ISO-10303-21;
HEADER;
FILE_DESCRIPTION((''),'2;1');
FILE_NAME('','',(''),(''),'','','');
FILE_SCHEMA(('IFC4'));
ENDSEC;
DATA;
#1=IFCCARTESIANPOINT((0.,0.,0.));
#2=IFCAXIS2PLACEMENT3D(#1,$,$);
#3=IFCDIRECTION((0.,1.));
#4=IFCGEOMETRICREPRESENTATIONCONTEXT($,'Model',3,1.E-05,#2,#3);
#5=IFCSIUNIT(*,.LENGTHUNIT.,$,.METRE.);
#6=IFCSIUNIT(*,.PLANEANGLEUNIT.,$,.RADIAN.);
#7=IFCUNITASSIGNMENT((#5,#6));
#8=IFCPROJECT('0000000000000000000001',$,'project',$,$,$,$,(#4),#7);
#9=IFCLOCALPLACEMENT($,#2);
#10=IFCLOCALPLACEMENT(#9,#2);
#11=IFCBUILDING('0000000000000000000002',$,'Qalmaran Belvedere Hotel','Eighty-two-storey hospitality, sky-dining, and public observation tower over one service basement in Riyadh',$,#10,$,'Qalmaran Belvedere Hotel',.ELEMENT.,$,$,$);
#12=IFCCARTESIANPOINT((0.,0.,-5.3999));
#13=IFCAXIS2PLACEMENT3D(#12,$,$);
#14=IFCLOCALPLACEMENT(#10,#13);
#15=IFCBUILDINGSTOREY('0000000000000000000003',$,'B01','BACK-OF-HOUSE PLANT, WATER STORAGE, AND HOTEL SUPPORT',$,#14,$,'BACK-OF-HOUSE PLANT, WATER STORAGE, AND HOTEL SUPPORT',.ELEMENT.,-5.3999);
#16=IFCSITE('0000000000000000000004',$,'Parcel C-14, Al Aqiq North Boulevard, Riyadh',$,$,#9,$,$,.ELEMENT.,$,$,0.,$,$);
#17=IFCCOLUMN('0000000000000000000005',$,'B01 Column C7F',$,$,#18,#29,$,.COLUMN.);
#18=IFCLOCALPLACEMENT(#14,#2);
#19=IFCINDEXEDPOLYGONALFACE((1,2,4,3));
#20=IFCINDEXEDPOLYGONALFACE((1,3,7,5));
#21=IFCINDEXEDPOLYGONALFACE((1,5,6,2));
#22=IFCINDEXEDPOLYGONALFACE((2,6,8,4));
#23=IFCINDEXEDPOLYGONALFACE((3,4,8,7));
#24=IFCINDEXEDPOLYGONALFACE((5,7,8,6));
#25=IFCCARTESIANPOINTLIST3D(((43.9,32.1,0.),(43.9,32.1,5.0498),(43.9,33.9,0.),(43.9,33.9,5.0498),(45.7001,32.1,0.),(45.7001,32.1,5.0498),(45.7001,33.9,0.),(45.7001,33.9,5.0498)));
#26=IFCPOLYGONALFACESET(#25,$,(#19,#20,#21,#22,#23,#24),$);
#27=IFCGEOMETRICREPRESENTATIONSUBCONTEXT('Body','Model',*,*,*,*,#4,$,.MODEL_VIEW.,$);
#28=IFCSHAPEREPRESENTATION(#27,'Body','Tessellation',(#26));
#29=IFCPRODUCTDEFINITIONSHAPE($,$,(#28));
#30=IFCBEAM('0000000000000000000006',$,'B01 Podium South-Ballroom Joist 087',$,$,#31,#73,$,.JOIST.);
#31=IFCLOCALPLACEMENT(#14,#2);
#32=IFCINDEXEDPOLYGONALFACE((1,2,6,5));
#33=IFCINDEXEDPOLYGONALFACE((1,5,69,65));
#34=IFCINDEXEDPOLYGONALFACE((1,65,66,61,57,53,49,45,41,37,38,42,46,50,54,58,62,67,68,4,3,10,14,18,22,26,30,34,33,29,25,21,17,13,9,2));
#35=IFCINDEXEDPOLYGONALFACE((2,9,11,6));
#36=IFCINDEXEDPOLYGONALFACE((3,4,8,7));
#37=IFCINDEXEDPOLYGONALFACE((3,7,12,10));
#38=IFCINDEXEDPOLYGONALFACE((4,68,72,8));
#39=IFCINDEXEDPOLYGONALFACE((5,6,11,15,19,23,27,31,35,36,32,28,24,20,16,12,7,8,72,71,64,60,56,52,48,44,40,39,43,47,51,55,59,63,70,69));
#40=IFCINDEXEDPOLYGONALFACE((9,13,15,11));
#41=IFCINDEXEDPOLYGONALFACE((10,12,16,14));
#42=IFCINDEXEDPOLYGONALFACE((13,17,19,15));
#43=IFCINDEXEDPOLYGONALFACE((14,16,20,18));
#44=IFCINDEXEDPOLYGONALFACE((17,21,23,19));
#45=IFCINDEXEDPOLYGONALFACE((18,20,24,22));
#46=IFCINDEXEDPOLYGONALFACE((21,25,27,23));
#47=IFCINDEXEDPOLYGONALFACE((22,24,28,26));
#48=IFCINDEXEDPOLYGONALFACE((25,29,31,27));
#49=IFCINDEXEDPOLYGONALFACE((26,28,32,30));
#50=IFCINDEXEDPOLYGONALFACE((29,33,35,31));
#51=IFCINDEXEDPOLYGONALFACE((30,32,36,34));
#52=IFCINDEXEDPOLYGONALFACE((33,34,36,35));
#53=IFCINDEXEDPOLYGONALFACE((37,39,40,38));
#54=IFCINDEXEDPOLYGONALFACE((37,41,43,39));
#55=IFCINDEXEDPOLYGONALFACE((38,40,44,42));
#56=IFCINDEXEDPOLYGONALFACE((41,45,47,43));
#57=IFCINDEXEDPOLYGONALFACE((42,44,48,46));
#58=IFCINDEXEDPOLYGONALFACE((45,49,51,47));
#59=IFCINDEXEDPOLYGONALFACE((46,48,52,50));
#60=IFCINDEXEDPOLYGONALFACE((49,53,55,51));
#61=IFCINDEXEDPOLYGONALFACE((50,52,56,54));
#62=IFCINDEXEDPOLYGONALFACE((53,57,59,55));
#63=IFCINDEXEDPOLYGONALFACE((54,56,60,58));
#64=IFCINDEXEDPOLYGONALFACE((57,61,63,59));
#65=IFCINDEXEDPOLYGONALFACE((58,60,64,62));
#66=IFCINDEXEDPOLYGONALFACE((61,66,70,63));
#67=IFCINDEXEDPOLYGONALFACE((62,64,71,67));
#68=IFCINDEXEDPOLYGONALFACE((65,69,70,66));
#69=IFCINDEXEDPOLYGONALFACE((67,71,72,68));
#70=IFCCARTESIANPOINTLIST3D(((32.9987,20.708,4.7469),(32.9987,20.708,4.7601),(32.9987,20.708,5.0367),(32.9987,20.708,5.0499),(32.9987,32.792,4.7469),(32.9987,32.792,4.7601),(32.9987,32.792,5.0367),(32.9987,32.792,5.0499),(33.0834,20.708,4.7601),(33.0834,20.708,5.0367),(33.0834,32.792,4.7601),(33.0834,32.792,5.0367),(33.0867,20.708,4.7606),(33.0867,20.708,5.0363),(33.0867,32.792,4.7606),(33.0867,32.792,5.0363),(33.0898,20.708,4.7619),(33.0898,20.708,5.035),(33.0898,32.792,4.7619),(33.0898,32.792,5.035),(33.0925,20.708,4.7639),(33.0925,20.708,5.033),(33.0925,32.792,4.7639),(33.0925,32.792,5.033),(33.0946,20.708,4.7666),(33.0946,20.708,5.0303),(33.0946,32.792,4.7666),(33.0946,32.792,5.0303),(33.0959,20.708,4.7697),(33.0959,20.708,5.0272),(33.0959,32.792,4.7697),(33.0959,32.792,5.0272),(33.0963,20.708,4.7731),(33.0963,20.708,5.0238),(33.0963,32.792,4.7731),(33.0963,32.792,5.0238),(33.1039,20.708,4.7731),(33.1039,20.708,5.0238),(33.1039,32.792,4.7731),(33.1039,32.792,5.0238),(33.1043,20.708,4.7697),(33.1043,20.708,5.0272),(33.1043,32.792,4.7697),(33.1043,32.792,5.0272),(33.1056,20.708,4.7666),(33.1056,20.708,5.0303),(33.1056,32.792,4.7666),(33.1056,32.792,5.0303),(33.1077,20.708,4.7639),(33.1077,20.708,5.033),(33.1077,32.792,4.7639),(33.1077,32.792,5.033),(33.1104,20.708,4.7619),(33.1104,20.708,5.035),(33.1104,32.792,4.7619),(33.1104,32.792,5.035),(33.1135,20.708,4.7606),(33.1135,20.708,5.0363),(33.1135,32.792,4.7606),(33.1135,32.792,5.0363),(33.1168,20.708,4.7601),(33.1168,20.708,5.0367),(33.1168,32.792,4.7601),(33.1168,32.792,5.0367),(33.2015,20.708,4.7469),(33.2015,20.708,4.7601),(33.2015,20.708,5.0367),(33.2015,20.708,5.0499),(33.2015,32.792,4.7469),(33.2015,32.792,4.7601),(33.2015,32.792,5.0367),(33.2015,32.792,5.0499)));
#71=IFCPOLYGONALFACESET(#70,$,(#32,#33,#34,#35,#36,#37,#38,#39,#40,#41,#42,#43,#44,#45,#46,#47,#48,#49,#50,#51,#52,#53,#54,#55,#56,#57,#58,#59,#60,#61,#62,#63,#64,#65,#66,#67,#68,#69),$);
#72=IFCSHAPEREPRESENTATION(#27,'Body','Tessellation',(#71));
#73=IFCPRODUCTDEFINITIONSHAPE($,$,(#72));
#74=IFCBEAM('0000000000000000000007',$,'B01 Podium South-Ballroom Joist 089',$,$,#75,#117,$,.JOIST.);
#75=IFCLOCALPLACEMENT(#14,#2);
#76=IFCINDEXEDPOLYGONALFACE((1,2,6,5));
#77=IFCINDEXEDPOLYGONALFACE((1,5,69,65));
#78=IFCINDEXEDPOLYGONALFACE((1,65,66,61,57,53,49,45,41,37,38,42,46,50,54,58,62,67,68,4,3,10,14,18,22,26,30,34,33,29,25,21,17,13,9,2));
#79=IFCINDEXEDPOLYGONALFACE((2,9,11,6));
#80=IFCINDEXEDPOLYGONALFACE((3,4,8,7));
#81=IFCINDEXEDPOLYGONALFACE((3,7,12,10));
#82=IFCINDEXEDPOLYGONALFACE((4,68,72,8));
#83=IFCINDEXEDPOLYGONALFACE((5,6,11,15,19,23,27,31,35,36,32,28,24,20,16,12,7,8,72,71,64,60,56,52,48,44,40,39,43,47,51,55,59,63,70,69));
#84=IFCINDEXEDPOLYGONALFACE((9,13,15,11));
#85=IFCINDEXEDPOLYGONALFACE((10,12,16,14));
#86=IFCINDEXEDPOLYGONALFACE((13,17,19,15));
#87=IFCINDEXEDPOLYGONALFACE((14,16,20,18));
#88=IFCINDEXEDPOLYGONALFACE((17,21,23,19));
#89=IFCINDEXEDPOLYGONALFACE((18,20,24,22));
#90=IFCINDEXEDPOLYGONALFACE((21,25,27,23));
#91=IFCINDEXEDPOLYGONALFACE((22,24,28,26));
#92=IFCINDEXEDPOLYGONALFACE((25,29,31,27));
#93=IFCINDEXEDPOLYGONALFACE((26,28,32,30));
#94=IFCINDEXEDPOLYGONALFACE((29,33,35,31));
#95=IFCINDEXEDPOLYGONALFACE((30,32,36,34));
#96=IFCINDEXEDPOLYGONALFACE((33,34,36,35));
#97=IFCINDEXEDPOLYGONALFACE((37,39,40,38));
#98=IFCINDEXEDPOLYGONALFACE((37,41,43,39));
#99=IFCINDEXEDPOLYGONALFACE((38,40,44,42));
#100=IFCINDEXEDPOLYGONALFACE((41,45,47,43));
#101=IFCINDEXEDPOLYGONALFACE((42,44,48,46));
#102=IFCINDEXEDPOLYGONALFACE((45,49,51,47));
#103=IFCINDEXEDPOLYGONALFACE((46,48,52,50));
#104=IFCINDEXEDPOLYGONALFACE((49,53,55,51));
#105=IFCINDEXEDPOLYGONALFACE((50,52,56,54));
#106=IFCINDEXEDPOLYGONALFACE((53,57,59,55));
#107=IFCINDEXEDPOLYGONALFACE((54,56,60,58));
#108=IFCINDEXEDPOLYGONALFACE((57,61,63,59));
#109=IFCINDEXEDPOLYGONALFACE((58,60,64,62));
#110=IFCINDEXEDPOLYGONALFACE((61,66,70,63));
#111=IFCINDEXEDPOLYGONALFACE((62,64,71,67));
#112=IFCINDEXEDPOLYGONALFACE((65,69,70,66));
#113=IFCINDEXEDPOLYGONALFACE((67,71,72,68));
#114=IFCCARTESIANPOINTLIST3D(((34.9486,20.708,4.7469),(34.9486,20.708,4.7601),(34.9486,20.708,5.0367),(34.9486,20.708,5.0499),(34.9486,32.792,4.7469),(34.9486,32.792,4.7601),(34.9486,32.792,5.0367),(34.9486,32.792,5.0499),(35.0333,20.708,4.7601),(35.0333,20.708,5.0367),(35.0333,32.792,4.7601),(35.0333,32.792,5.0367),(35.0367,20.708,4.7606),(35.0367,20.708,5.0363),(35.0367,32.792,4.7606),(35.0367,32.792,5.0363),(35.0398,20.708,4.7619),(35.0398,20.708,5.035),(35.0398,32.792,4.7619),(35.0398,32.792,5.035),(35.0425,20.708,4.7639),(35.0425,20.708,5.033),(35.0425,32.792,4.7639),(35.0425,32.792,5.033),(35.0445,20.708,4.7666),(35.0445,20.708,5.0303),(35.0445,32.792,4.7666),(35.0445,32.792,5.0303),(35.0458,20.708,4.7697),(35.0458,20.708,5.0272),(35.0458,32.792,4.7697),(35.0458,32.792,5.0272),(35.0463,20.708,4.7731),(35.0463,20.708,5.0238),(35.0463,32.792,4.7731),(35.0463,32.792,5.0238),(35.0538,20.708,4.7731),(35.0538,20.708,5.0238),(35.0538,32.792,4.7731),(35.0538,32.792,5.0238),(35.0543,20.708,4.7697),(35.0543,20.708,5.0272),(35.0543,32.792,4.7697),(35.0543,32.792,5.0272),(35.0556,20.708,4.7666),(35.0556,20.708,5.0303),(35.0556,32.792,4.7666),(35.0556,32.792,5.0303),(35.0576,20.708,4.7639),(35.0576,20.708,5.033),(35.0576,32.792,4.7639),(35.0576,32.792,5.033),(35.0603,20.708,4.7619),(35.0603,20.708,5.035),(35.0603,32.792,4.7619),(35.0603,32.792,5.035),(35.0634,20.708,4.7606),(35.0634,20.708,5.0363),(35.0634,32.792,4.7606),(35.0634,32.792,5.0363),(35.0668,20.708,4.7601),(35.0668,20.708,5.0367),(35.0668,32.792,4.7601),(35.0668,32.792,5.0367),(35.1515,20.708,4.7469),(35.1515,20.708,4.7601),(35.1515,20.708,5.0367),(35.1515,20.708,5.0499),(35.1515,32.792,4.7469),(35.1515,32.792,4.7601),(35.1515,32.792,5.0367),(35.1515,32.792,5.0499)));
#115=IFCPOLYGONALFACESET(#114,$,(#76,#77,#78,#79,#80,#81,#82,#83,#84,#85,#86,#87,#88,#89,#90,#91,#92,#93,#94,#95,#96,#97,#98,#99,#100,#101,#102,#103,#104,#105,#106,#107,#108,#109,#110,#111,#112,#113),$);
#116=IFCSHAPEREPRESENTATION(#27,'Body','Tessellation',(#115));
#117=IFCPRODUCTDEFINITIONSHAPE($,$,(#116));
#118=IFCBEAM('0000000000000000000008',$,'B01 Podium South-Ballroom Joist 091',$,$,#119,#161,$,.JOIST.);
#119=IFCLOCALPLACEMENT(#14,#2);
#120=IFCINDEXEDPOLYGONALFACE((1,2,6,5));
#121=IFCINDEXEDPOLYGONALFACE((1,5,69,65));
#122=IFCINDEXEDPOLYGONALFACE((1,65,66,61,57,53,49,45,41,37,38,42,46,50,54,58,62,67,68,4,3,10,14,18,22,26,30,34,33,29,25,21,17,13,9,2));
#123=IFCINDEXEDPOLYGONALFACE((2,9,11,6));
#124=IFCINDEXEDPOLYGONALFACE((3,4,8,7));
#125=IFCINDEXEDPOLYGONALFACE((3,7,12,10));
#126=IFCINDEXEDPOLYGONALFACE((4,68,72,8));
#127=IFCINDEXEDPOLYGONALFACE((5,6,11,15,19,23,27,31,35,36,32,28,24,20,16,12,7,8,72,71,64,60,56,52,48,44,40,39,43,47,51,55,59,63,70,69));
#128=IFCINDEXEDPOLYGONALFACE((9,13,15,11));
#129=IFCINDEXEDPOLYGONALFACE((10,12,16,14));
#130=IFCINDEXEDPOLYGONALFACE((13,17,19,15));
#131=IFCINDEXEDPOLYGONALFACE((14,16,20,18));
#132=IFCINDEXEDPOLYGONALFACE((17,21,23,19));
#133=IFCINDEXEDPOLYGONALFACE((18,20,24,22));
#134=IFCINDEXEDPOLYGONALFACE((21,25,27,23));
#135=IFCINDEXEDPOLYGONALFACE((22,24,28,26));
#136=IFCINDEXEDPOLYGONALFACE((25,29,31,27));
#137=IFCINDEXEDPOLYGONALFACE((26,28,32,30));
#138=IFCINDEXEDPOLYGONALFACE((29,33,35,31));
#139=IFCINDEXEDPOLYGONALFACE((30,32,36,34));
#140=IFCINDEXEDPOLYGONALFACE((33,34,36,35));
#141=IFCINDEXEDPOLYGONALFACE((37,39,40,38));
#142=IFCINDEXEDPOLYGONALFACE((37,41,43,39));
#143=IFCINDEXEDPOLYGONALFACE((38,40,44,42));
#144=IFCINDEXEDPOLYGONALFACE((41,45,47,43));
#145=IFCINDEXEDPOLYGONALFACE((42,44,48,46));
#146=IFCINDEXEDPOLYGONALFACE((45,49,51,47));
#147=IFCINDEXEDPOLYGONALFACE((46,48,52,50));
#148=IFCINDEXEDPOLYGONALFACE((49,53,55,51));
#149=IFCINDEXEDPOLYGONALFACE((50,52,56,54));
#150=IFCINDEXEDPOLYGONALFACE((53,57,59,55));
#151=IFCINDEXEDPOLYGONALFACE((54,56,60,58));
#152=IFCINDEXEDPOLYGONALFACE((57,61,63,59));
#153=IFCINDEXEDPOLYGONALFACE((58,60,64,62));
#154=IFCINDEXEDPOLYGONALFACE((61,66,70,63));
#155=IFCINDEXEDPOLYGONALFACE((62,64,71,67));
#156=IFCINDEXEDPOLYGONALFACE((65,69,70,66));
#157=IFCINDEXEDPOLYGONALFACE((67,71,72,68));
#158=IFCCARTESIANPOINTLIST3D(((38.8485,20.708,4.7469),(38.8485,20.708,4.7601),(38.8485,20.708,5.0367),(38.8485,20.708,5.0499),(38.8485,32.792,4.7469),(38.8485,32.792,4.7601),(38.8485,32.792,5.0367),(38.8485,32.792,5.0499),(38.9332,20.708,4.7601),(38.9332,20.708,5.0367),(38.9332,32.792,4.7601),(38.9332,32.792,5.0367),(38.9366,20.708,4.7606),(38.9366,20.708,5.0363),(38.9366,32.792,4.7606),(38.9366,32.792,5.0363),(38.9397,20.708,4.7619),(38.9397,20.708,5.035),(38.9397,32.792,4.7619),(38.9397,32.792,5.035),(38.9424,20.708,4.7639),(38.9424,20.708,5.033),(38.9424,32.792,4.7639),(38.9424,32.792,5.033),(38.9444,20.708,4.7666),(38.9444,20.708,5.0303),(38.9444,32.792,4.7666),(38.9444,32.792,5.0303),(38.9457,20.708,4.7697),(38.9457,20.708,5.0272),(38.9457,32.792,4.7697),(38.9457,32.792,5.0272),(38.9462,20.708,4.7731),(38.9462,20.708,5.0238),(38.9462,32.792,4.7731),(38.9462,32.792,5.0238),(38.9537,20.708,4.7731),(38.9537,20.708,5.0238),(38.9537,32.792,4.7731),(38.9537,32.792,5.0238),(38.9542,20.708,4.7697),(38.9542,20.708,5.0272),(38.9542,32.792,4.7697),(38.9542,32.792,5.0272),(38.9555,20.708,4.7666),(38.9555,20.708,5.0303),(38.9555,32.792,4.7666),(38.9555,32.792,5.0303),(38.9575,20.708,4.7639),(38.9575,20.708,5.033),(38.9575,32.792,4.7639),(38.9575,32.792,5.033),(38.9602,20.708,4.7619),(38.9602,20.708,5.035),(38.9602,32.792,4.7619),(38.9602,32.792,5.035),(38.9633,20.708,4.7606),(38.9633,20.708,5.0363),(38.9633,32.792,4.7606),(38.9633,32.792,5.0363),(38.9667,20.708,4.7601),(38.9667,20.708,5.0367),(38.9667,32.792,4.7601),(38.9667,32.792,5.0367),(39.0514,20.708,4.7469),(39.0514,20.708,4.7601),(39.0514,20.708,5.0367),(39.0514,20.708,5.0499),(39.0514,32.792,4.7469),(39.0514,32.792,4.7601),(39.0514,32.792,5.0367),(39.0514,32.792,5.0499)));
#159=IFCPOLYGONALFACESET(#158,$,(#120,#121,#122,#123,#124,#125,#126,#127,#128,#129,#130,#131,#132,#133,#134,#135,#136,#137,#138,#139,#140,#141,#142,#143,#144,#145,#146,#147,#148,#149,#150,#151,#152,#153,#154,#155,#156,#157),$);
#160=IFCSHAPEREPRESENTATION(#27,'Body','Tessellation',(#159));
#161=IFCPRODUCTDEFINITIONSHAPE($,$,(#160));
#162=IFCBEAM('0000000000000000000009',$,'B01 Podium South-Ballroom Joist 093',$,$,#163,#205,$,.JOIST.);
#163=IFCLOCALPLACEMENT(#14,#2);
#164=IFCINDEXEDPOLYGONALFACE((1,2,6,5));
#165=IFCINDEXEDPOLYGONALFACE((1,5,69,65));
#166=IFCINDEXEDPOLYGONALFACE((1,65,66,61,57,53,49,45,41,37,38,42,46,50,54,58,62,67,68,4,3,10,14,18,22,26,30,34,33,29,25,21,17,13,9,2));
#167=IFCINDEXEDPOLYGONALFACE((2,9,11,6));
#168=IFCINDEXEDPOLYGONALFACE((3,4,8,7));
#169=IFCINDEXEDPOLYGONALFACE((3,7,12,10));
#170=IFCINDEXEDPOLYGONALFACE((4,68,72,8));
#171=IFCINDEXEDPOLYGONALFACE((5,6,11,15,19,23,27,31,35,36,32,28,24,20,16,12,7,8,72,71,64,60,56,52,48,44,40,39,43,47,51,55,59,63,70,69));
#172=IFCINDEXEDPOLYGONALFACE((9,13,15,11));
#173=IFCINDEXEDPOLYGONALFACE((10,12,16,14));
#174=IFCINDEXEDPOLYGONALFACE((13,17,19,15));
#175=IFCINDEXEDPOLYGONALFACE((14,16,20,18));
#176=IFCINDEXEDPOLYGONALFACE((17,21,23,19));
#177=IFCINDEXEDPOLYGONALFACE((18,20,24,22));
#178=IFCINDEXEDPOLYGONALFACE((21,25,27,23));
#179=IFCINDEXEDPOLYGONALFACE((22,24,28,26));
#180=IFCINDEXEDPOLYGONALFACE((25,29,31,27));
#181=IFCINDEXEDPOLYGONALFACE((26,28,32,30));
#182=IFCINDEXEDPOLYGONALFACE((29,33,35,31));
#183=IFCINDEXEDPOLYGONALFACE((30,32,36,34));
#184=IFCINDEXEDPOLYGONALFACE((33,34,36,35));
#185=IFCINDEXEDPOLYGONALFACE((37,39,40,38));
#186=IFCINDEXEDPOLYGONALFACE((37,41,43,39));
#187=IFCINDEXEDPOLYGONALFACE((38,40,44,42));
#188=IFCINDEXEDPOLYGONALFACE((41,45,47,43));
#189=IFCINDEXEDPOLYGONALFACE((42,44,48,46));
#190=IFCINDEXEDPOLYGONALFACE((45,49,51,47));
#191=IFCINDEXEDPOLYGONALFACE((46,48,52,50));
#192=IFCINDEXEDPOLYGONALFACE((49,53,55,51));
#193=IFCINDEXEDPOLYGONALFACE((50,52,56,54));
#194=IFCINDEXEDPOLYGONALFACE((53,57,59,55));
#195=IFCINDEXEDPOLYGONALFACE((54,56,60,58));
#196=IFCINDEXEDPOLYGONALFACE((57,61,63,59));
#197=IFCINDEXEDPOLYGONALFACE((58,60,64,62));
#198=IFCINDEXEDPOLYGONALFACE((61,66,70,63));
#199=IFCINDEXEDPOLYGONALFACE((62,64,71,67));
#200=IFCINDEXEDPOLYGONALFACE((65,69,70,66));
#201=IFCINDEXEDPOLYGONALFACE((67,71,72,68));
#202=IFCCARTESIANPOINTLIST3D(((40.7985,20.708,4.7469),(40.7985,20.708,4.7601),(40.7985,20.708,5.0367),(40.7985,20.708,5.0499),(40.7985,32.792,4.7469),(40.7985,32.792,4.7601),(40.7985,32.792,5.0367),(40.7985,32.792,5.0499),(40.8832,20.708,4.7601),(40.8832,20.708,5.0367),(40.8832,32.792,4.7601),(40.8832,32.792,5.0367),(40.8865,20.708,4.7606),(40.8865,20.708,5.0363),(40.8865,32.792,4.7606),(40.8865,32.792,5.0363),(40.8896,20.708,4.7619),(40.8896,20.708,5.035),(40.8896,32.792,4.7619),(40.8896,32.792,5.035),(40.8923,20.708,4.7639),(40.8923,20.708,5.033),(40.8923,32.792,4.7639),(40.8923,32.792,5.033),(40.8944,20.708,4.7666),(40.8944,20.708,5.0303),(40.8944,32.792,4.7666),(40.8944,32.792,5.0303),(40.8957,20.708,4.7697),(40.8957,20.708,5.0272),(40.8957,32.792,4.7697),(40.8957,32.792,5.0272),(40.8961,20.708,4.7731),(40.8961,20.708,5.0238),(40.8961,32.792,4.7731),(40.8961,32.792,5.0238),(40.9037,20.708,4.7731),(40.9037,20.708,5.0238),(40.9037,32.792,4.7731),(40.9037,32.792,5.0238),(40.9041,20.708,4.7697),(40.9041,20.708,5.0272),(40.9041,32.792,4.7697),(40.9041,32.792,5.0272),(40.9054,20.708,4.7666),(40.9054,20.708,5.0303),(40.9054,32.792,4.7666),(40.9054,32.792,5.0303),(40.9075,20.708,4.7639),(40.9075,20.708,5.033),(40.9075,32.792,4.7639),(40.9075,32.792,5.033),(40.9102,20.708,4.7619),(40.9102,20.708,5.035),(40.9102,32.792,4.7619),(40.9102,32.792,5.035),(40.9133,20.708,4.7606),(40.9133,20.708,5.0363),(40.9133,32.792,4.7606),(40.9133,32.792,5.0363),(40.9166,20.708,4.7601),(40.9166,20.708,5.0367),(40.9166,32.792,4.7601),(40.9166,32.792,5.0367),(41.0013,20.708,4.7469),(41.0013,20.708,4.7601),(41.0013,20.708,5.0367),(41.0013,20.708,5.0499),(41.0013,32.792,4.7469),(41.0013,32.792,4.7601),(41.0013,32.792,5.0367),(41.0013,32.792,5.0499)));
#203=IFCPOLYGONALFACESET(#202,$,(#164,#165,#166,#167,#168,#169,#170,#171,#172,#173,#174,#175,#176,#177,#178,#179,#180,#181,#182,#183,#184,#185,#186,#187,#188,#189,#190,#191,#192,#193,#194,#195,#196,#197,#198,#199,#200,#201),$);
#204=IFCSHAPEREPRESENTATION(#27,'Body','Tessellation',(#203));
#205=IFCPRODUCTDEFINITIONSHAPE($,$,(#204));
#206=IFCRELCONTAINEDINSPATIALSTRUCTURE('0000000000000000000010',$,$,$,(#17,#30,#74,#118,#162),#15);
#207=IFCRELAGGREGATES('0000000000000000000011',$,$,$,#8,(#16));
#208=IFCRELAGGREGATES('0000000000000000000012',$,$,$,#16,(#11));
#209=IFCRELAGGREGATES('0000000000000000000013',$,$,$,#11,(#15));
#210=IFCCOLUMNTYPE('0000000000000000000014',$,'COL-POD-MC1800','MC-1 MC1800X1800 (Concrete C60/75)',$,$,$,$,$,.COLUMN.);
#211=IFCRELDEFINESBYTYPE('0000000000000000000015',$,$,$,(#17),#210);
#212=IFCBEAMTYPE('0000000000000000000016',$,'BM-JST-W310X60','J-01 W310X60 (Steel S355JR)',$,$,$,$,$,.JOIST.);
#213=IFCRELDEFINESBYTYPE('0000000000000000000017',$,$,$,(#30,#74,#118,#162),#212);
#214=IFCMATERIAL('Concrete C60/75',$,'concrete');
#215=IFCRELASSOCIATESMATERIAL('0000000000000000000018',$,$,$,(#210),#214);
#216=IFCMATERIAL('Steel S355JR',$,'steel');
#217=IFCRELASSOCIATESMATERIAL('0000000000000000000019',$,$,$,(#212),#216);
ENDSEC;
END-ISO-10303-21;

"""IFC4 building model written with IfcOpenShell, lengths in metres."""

from ifc_helpers import new_model, si_unit, direction, frame, origin, origin_2d, place, context, subcontext, project, spatial, rectangle, i_section, extrude, material, material_profile, profile_set, type_object, element, save


model = new_model("IFC4")

# Units and contexts
model_context = context("Model", 3, precision=1e-05, world=origin(), true_north=direction((0.0, 1.0)))
body_context = subcontext(model_context, "Body", "Model", "MODEL_VIEW")
ifc_project = project(units=[si_unit("LENGTHUNIT", "METRE"), si_unit("PLANEANGLEUNIT", "RADIAN")], contexts=[model_context])

# Site, building, storey
site_placement = place(None, origin())
site = spatial("IfcSite", under=ifc_project, at=site_placement, Name="Parcel C-14, Al Aqiq North Boulevard, Riyadh", CompositionType="ELEMENT", RefElevation=0.0)
building_placement = place(site_placement, origin())
building = spatial("IfcBuilding", under=site, at=building_placement, Name="Qalmaran Belvedere Hotel", Description="Eighty-two-storey hospitality, sky-dining, and public observation tower over one service basement in Riyadh", LongName="Qalmaran Belvedere Hotel", CompositionType="ELEMENT")
storey_placement = place(building_placement, frame((0.0, 0.0, -5.3999)))
storey = spatial("IfcBuildingStorey", under=building, at=storey_placement, Name="B01", Description="BACK-OF-HOUSE PLANT, WATER STORAGE, AND HOTEL SUPPORT", LongName="BACK-OF-HOUSE PLANT, WATER STORAGE, AND HOTEL SUPPORT", CompositionType="ELEMENT", Elevation=-5.3999)

# Column
ifc_material_1 = material(Name="Concrete C60/75", Category="concrete")
ifc_material_profile_1 = material_profile(ifc_material_1, rectangle(XDim=1.8, YDim=1.8, at=origin_2d()), Name="MC1800X1800")
ifc_profile_set_1 = profile_set([ifc_material_profile_1], Name="Concrete C60/75")
column_type = type_object("IfcColumnType", Name="COL-POD-MC1800", Description="MC-1 MC1800X1800 (Concrete C60/75)", PredefinedType="COLUMN", material=ifc_profile_set_1)
for number, where, z_axis, x_axis, name in (
    (1, (44.8, 33.0, 0.0), (0.0, 0.0, 1.0), (1.0, 0.0, 0.0), "B01 Column C7F"),
):
    element("IfcColumn", number, at=place(storey_placement, frame(where, z_axis=z_axis, x_axis=x_axis)), inside=storey, type_object=column_type, Name=name, PredefinedType="COLUMN", context=body_context, shape_type="SweptSolid", body=[
        extrude(rectangle(XDim=1.8, YDim=1.8, at=origin_2d()), origin(), (0.0, 0.0, 1.0), 5.0498),
    ])

# Beams
ifc_material_2 = material(Name="Steel S355JR", Category="steel")
ifc_material_profile_2 = material_profile(ifc_material_2, i_section(OverallWidth=0.2029, OverallDepth=0.303, WebThickness=0.0076, FlangeThickness=0.0132, FilletRadius=0.0129, at=origin_2d()), Name="W310X60")
ifc_profile_set_2 = profile_set([ifc_material_profile_2], Name="Steel S355JR")
beam_type_1 = type_object("IfcBeamType", Name="BM-JST-W310X60", Description="J-01 W310X60 (Steel S355JR)", PredefinedType="JOIST", material=ifc_profile_set_2)
for number, where, z_axis, x_axis, name in (
    (2, (33.1001, 20.708, 4.8984), (0.0, 1.0, 0.0), (-1.0, 0.0, 0.0), "B01 Podium South-Ballroom Joist 087"),
    (3, (35.05, 20.708, 4.8984), (0.0, 1.0, 0.0), (-1.0, 0.0, 0.0), "B01 Podium South-Ballroom Joist 089"),
    (4, (38.95, 20.708, 4.8984), (0.0, 1.0, 0.0), (-1.0, 0.0, 0.0), "B01 Podium South-Ballroom Joist 091"),
    (5, (40.8999, 20.708, 4.8984), (0.0, 1.0, 0.0), (-1.0, 0.0, 0.0), "B01 Podium South-Ballroom Joist 093"),
):
    element("IfcBeam", number, at=place(storey_placement, frame(where, z_axis=z_axis, x_axis=x_axis)), inside=storey, type_object=beam_type_1, Name=name, PredefinedType="JOIST", context=body_context, shape_type="SweptSolid", body=[
        extrude(i_section(OverallWidth=0.2029, OverallDepth=0.303, WebThickness=0.0076, FlangeThickness=0.0132, FilletRadius=0.0129, at=origin_2d()), origin(), (0.0, 0.0, 1.0), 12.084),
    ])

save(model, "model.ifc")
